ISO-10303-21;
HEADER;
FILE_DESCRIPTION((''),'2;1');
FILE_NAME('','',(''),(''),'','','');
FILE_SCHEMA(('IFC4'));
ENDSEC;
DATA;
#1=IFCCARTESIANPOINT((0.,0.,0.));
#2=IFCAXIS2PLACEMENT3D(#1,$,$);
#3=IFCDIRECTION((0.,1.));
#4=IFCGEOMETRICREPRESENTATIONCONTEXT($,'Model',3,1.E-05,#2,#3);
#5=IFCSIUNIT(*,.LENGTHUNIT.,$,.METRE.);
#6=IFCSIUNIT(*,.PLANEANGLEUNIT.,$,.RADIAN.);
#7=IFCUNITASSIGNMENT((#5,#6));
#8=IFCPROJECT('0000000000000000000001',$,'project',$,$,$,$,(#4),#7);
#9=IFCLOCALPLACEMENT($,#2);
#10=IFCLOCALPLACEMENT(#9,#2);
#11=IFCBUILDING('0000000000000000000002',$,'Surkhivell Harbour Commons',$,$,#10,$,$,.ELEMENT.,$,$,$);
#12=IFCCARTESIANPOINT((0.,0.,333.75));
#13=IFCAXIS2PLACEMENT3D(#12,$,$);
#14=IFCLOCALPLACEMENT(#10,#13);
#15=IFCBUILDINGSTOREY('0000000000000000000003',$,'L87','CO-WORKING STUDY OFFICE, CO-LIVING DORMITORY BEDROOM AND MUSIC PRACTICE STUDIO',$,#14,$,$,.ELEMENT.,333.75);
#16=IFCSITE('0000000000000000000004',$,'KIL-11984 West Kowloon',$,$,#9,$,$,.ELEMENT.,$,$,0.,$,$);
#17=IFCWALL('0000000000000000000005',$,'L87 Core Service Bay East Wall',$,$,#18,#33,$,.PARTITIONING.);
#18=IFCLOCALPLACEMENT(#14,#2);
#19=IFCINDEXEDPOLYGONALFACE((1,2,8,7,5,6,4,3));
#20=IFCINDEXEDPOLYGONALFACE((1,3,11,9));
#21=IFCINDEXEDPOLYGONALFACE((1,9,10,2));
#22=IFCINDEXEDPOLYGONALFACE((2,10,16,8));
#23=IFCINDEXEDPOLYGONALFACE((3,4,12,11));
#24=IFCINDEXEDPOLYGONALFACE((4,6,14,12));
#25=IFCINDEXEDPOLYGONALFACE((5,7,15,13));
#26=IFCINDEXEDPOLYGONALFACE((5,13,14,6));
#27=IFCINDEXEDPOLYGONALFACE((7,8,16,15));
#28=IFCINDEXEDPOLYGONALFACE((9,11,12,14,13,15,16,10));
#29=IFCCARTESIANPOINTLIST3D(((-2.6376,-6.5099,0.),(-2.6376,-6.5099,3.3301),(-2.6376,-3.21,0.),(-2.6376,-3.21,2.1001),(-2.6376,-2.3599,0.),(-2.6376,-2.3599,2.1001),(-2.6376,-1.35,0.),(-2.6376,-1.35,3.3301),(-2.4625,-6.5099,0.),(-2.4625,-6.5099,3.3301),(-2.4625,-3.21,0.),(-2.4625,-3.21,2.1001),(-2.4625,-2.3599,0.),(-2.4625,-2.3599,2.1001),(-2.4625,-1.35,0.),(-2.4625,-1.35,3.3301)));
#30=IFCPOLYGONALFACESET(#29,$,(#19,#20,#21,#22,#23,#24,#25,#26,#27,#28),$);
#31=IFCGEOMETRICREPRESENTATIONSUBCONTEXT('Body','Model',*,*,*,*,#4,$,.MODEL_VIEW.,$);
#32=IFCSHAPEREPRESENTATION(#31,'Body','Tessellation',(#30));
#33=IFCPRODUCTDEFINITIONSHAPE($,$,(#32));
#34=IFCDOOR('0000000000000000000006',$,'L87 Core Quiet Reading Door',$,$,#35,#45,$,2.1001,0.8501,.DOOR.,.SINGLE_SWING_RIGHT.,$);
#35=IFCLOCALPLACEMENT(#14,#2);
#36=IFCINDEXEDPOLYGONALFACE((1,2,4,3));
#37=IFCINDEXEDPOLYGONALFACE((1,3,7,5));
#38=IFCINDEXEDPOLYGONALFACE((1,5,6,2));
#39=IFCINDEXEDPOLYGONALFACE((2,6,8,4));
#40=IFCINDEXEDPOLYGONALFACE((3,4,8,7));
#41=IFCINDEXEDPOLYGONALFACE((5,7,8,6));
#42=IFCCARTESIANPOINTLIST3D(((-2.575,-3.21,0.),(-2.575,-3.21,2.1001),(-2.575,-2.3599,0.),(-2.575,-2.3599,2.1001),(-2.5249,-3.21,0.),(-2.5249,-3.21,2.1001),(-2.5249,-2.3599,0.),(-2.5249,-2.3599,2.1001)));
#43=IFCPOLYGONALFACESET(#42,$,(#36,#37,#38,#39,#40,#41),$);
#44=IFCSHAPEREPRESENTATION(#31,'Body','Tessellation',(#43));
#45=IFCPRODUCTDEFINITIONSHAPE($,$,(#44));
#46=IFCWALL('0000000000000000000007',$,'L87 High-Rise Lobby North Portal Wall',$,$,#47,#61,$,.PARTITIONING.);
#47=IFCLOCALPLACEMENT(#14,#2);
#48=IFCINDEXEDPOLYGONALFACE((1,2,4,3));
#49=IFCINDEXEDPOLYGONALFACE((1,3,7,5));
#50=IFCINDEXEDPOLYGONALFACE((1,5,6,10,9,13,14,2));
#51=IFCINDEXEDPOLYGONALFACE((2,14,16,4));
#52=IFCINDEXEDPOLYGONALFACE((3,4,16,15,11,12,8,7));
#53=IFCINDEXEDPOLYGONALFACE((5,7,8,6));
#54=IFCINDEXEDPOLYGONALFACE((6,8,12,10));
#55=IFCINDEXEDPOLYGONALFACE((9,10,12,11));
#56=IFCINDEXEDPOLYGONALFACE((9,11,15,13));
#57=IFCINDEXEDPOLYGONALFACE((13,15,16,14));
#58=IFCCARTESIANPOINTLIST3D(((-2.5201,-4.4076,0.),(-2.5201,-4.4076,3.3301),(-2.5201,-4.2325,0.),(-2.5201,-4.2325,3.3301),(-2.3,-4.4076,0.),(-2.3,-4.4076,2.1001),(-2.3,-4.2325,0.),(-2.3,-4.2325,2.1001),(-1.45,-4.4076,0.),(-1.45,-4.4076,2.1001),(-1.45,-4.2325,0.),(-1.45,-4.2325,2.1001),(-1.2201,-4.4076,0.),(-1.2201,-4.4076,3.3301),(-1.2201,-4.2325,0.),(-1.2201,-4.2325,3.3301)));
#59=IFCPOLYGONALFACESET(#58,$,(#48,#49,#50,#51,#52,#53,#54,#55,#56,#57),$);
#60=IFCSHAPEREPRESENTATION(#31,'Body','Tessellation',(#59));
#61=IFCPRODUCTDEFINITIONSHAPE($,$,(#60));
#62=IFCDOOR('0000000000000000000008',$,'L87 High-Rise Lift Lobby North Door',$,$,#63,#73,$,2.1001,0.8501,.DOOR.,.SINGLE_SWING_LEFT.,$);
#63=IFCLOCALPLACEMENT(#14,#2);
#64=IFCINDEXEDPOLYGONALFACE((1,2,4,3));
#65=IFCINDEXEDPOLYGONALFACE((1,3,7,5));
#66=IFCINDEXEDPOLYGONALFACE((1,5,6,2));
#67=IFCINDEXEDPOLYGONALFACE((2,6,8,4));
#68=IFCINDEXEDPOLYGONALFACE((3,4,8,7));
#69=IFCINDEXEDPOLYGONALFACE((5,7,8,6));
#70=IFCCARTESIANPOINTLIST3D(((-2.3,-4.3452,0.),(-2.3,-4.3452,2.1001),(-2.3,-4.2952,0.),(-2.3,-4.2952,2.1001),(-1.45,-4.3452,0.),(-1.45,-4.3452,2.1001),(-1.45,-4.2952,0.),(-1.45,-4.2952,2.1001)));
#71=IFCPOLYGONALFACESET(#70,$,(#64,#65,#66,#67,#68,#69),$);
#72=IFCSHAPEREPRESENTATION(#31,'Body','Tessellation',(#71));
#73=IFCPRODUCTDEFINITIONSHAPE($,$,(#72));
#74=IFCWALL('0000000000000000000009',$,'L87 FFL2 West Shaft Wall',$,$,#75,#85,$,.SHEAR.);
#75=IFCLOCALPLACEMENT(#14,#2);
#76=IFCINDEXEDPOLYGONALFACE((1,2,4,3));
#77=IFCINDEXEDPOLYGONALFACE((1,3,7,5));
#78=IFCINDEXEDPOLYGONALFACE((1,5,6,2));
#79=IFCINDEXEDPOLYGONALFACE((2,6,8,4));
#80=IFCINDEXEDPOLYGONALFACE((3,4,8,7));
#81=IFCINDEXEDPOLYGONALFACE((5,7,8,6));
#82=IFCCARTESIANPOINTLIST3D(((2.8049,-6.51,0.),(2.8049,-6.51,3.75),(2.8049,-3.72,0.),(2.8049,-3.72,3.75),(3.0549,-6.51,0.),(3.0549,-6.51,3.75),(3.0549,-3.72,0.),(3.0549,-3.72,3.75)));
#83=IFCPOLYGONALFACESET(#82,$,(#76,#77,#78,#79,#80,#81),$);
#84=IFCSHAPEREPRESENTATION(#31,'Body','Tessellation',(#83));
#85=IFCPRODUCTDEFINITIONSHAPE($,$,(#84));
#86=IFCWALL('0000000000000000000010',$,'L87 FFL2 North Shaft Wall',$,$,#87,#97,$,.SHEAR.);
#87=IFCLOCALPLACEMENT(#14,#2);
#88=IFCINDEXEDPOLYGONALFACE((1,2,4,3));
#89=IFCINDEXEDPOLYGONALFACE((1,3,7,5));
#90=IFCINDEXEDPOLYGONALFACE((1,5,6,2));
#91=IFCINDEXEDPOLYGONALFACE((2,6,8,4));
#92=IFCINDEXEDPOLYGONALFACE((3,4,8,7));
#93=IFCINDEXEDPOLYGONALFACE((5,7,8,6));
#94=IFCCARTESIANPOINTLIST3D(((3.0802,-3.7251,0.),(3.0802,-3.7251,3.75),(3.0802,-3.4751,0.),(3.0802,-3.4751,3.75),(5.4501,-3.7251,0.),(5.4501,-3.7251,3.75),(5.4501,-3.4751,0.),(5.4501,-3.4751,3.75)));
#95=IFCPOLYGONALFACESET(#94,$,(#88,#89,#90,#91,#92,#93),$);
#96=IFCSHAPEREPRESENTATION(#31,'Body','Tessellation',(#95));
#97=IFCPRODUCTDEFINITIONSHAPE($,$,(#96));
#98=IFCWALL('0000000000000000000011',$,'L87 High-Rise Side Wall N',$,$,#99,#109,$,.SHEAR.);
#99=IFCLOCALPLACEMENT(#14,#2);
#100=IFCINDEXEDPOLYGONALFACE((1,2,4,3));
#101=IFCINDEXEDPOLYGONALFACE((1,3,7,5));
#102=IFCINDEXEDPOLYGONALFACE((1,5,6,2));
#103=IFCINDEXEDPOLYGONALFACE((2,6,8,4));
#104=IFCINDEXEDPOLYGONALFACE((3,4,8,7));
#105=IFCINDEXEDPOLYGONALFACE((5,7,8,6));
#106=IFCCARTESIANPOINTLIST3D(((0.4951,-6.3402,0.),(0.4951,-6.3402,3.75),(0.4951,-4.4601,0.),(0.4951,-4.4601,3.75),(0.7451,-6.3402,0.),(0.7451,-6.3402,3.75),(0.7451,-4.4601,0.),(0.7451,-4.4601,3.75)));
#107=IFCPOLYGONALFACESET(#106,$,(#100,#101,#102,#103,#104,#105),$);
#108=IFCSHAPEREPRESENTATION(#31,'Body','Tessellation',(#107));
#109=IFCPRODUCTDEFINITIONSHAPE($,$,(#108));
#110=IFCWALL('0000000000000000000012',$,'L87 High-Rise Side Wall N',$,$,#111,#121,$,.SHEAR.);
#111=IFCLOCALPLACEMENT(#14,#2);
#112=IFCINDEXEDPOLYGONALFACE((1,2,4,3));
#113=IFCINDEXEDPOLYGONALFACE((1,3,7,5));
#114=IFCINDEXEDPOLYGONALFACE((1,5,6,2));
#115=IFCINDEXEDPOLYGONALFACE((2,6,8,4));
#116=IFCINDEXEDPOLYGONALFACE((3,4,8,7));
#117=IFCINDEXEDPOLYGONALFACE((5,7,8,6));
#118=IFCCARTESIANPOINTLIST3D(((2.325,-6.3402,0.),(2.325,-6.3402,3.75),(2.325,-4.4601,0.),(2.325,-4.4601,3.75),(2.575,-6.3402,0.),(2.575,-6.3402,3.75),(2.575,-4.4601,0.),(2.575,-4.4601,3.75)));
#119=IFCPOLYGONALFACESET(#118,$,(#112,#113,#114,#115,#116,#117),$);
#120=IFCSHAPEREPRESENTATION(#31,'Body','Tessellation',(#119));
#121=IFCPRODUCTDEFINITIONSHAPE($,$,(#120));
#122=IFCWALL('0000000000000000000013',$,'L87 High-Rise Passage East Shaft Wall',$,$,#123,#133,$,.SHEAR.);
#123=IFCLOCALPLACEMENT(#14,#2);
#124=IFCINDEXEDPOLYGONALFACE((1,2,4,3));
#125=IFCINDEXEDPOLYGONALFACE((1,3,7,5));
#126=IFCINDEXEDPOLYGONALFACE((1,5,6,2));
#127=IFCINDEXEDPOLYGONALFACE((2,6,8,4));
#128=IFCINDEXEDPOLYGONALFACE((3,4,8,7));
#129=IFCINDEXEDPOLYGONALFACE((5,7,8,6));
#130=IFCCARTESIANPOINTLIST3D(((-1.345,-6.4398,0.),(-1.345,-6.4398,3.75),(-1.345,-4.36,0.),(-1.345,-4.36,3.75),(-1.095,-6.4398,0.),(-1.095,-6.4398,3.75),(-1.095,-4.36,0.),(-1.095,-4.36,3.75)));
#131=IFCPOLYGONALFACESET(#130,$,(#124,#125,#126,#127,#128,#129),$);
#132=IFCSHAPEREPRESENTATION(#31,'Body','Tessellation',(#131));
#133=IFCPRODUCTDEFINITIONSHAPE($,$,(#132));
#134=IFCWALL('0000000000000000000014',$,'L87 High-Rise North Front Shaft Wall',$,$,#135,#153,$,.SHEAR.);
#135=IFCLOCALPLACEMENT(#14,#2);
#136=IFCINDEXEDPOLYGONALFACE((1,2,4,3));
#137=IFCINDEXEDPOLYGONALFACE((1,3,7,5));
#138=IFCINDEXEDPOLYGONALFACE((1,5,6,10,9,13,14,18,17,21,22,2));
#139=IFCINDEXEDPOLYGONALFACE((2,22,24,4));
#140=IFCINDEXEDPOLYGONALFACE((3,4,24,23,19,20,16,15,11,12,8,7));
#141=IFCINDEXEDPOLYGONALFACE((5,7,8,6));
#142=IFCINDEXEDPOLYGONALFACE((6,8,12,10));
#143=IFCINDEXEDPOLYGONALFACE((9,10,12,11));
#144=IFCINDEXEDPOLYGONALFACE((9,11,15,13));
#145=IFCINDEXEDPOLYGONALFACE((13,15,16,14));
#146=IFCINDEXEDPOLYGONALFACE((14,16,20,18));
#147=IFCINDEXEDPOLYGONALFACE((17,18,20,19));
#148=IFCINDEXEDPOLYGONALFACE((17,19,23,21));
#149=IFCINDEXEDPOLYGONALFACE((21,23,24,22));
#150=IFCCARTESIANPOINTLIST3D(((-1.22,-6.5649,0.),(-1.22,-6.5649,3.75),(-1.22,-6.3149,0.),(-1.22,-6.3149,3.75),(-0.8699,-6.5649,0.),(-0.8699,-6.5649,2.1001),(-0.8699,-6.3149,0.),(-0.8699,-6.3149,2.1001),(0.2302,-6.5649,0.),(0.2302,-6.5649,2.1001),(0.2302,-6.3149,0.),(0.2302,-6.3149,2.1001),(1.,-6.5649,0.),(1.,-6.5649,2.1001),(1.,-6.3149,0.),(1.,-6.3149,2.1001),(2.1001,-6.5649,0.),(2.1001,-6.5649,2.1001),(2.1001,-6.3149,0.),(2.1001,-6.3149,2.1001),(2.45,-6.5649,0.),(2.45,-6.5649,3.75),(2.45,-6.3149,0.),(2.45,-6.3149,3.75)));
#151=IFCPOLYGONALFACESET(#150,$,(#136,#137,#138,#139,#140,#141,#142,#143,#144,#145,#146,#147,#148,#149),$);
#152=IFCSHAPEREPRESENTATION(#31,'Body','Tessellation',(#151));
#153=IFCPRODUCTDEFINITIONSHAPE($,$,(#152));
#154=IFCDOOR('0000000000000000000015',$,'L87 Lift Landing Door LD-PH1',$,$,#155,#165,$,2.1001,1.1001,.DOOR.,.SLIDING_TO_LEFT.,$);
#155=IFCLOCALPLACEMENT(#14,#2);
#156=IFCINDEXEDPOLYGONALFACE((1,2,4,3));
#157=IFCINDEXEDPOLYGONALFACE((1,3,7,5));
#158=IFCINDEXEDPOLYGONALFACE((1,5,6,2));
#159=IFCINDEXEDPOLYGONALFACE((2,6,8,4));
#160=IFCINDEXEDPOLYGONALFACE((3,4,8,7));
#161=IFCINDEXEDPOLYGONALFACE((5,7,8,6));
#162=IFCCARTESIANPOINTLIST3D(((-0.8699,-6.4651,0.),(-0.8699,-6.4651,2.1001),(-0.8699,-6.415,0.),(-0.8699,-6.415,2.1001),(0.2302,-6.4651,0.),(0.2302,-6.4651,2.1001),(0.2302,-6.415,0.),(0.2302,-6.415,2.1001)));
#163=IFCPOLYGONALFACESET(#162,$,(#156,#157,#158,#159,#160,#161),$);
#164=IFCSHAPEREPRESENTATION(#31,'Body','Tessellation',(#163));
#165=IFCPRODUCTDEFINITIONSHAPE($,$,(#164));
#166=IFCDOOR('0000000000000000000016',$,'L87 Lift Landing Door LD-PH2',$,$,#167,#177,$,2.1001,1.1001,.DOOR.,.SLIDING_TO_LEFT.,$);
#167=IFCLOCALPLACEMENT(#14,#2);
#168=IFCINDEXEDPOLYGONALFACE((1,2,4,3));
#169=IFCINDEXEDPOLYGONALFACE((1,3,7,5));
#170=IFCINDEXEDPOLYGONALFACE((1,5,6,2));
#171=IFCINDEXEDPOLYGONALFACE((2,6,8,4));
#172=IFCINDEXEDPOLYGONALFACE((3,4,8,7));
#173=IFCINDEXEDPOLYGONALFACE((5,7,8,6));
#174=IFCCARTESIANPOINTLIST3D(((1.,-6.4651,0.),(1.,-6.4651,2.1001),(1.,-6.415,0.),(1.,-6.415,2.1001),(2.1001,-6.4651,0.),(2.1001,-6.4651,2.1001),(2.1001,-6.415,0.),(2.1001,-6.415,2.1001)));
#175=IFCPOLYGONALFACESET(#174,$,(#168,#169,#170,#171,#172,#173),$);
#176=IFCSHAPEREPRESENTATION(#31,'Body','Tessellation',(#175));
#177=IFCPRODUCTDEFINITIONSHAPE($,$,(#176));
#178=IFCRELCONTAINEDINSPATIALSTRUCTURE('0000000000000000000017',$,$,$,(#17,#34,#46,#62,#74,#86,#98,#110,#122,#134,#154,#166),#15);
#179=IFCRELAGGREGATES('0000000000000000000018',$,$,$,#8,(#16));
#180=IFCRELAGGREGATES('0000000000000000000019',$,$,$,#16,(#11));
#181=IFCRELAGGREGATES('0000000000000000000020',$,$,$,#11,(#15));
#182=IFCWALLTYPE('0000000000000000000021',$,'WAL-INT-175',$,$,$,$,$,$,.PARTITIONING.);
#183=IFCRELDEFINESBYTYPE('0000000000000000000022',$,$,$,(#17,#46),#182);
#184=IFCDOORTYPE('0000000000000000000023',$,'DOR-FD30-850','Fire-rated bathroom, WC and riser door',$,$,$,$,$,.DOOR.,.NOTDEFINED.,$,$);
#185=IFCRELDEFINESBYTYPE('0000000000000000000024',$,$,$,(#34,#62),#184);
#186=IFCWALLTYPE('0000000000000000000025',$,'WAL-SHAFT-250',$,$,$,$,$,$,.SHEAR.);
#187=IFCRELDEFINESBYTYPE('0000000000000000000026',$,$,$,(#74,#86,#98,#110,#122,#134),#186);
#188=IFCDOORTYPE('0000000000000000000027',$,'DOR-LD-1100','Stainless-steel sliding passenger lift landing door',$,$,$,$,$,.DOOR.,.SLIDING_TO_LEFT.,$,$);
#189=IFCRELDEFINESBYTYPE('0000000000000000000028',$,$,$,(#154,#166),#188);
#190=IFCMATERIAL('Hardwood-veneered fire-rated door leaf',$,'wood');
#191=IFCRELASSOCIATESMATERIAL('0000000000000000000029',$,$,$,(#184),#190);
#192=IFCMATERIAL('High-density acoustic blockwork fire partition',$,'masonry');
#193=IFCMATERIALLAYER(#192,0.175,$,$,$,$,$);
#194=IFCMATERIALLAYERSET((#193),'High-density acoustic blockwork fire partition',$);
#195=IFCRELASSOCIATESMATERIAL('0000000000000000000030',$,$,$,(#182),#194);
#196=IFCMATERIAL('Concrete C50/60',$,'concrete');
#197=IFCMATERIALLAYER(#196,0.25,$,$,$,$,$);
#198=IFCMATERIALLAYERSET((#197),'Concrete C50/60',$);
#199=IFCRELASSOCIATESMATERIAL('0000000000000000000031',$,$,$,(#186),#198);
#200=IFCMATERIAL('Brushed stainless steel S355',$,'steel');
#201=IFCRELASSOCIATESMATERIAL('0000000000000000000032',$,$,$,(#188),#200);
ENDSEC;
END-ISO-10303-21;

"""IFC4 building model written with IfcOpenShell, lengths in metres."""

from ifc_helpers import new_model, si_unit, direction, frame, frame_2d, origin, place, context, subcontext, project, spatial, rectangle, extrude, material, layer, layer_set, type_object, element, fill, save


model = new_model("IFC4")

# Units and contexts
model_context = context("Model", 3, precision=1e-05, world=origin(), true_north=direction((0.0, 1.0)))
body_context = subcontext(model_context, "Body", "Model", "MODEL_VIEW")
ifc_project = project(units=[si_unit("LENGTHUNIT", "METRE"), si_unit("PLANEANGLEUNIT", "RADIAN")], contexts=[model_context])

# Site, building, storey
site_placement = place(None, origin())
site = spatial("IfcSite", under=ifc_project, at=site_placement, Name="KIL-11984 West Kowloon", CompositionType="ELEMENT", RefElevation=0.0)
building_placement = place(site_placement, origin())
building = spatial("IfcBuilding", under=site, at=building_placement, Name="Surkhivell Harbour Commons", CompositionType="ELEMENT")
storey_placement = place(building_placement, frame((0.0, 0.0, 333.75)))
storey = spatial("IfcBuildingStorey", under=building, at=storey_placement, Name="L87", Description="CO-WORKING STUDY OFFICE, CO-LIVING DORMITORY BEDROOM AND MUSIC PRACTICE STUDIO", CompositionType="ELEMENT", Elevation=333.75)

# Walls, openings, doors
ifc_material_1 = material(Name="Hardwood-veneered fire-rated door leaf", Category="wood")
door_type_1 = type_object("IfcDoorType", Name="DOR-FD30-850", Description="Fire-rated bathroom, WC and riser door", OperationType="NOTDEFINED", PredefinedType="DOOR", material=ifc_material_1)
ifc_material_2 = material(Name="High-density acoustic blockwork fire partition", Category="masonry")
ifc_layer_1 = layer(ifc_material_2, 0.175)
ifc_layer_set_1 = layer_set([ifc_layer_1], Name="High-density acoustic blockwork fire partition")
wall_type_1 = type_object("IfcWallType", Name="WAL-INT-175", PredefinedType="PARTITIONING", material=ifc_layer_set_1)
wall_1_placement = place(storey_placement, frame((-2.55, -6.51, 0.0), z_axis=(0.0, 0.0, 1.0), x_axis=(0.0, 1.0, 0.0)))
wall_1 = element("IfcWall", 1, at=wall_1_placement, inside=storey, type_object=wall_type_1, Name="L87 Core Service Bay East Wall", PredefinedType="PARTITIONING", context=body_context, shape_type="SweptSolid", body=[
    extrude(rectangle(XDim=5.1599, YDim=0.175, at=frame_2d((2.5801, 0.0))), origin(), (0.0, 0.0, 1.0), 3.3301),
])
opening_1_placement = place(wall_1_placement, frame((3.3, 0.0, 0.0)))
opening_1 = element("IfcOpeningElement", 2, at=opening_1_placement, cuts=wall_1, PredefinedType="OPENING", context=body_context, shape_type="SweptSolid", body=[
    extrude(rectangle(XDim=0.8501, YDim=2.1001, at=frame_2d((0.425, 1.05))), frame((0.0, 0.0974, 0.0), z_axis=(0.0, -1.0, 0.0), x_axis=(1.0, 0.0, 0.0)), (0.0, 0.0, 1.0), 0.1951),
])
door_1_placement = place(opening_1_placement, origin())
door_1 = element("IfcDoor", 3, at=door_1_placement, inside=storey, type_object=door_type_1, Name="L87 Core Quiet Reading Door", OperationType="SINGLE_SWING_RIGHT", OverallHeight=2.1001, OverallWidth=0.8501, PredefinedType="DOOR", context=body_context, shape_type="SweptSolid", body=[
    extrude(rectangle(XDim=0.8501, YDim=2.1001, at=frame_2d((0.425, 1.05))), frame((0.0, 0.0249, 0.0), z_axis=(0.0, -1.0, 0.0), x_axis=(1.0, 0.0, 0.0)), (0.0, 0.0, 1.0), 0.05),
])
fill(opening_1, door_1)
wall_2_placement = place(storey_placement, frame((-2.52, -4.3201, 0.0), z_axis=(0.0, 0.0, 1.0), x_axis=(1.0, 0.0, 0.0)))
wall_2 = element("IfcWall", 4, at=wall_2_placement, inside=storey, type_object=wall_type_1, Name="L87 High-Rise Lobby North Portal Wall", PredefinedType="PARTITIONING", context=body_context, shape_type="SweptSolid", body=[
    extrude(rectangle(XDim=1.3, YDim=0.175, at=frame_2d((0.6499, 0.0))), origin(), (0.0, 0.0, 1.0), 3.3301),
])
opening_2_placement = place(wall_2_placement, frame((0.22, 0.0, 0.0)))
opening_2 = element("IfcOpeningElement", 5, at=opening_2_placement, cuts=wall_2, PredefinedType="OPENING", context=body_context, shape_type="SweptSolid", body=[
    extrude(rectangle(XDim=0.8501, YDim=2.1001, at=frame_2d((0.425, 1.05))), frame((0.0, 0.0974, 0.0), z_axis=(0.0, -1.0, 0.0), x_axis=(1.0, 0.0, 0.0)), (0.0, 0.0, 1.0), 0.1951),
])
door_2_placement = place(opening_2_placement, origin())
door_2 = element("IfcDoor", 6, at=door_2_placement, inside=storey, type_object=door_type_1, Name="L87 High-Rise Lift Lobby North Door", OperationType="SINGLE_SWING_LEFT", OverallHeight=2.1001, OverallWidth=0.8501, PredefinedType="DOOR", context=body_context, shape_type="SweptSolid", body=[
    extrude(rectangle(XDim=0.8501, YDim=2.1001, at=frame_2d((0.425, 1.05))), frame((0.0, 0.0249, 0.0), z_axis=(0.0, -1.0, 0.0), x_axis=(1.0, 0.0, 0.0)), (0.0, 0.0, 1.0), 0.05),
])
fill(opening_2, door_2)

# Walls
ifc_material_3 = material(Name="Concrete C50/60", Category="concrete")
ifc_layer_2 = layer(ifc_material_3, 0.25)
ifc_layer_set_2 = layer_set([ifc_layer_2], Name="Concrete C50/60")
wall_type_2 = type_object("IfcWallType", Name="WAL-SHAFT-250", PredefinedType="SHEAR", material=ifc_layer_set_2)
wall_3_placement = place(storey_placement, frame((2.9299, -6.51, 0.0), z_axis=(0.0, 0.0, 1.0), x_axis=(0.0, 1.0, 0.0)))
element("IfcWall", 7, at=wall_3_placement, inside=storey, type_object=wall_type_2, Name="L87 FFL2 West Shaft Wall", PredefinedType="SHEAR", context=body_context, shape_type="SweptSolid", body=[
    extrude(rectangle(XDim=2.79, YDim=0.25, at=frame_2d((1.395, 0.0))), origin(), (0.0, 0.0, 1.0), 3.75),
])
wall_4_placement = place(storey_placement, frame((3.0801, -3.6001, 0.0), z_axis=(0.0, 0.0, 1.0), x_axis=(1.0, 0.0, 0.0)))
element("IfcWall", 8, at=wall_4_placement, inside=storey, type_object=wall_type_2, Name="L87 FFL2 North Shaft Wall", PredefinedType="SHEAR", context=body_context, shape_type="SweptSolid", body=[
    extrude(rectangle(XDim=2.3699, YDim=0.25, at=frame_2d((1.1851, 0.0))), origin(), (0.0, 0.0, 1.0), 3.75),
])
for number, where, z_axis, x_axis, name in (
    (9, (0.6201, -6.3401, 0.0), (0.0, 0.0, 1.0), (0.0, 1.0, 0.0), "L87 High-Rise Side Wall N"),
    (10, (2.45, -6.3401, 0.0), (0.0, 0.0, 1.0), (0.0, 1.0, 0.0), "L87 High-Rise Side Wall N"),
):
    element("IfcWall", number, at=place(storey_placement, frame(where, z_axis=z_axis, x_axis=x_axis)), inside=storey, type_object=wall_type_2, Name=name, PredefinedType="SHEAR", context=body_context, shape_type="SweptSolid", body=[
        extrude(rectangle(XDim=1.8801, YDim=0.25, at=frame_2d((0.9399, 0.0))), origin(), (0.0, 0.0, 1.0), 3.75),
    ])
wall_5_placement = place(storey_placement, frame((-1.22, -6.4399, 0.0), z_axis=(0.0, 0.0, 1.0), x_axis=(0.0, 1.0, 0.0)))
element("IfcWall", 11, at=wall_5_placement, inside=storey, type_object=wall_type_2, Name="L87 High-Rise Passage East Shaft Wall", PredefinedType="SHEAR", context=body_context, shape_type="SweptSolid", body=[
    extrude(rectangle(XDim=2.0798, YDim=0.25, at=frame_2d((1.04, 0.0))), origin(), (0.0, 0.0, 1.0), 3.75),
])

# Wall, openings, doors
wall_6_placement = place(storey_placement, frame((-1.22, -6.4399, 0.0), z_axis=(0.0, 0.0, 1.0), x_axis=(1.0, 0.0, 0.0)))
wall_6 = element("IfcWall", 12, at=wall_6_placement, inside=storey, type_object=wall_type_2, Name="L87 High-Rise North Front Shaft Wall", PredefinedType="SHEAR", context=body_context, shape_type="SweptSolid", body=[
    extrude(rectangle(XDim=3.6699, YDim=0.25, at=frame_2d((1.835, 0.0))), origin(), (0.0, 0.0, 1.0), 3.75),
])
opening_3_placement = place(wall_6_placement, frame((0.3501, 0.0, 0.0)))
opening_3 = element("IfcOpeningElement", 13, at=opening_3_placement, cuts=wall_6, PredefinedType="OPENING", context=body_context, shape_type="SweptSolid", body=[
    extrude(rectangle(XDim=1.1001, YDim=2.1001, at=frame_2d((0.55, 1.05))), frame((0.0, 0.135, 0.0), z_axis=(0.0, -1.0, 0.0), x_axis=(1.0, 0.0, 0.0)), (0.0, 0.0, 1.0), 0.27),
])
opening_4_placement = place(wall_6_placement, frame((2.22, 0.0, 0.0)))
opening_4 = element("IfcOpeningElement", 14, at=opening_4_placement, cuts=wall_6, PredefinedType="OPENING", context=body_context, shape_type="SweptSolid", body=[
    extrude(rectangle(XDim=1.1001, YDim=2.1001, at=frame_2d((0.55, 1.05))), frame((0.0, 0.135, 0.0), z_axis=(0.0, -1.0, 0.0), x_axis=(1.0, 0.0, 0.0)), (0.0, 0.0, 1.0), 0.27),
])
ifc_material_4 = material(Name="Brushed stainless steel S355", Category="steel")
door_type_2 = type_object("IfcDoorType", Name="DOR-LD-1100", Description="Stainless-steel sliding passenger lift landing door", OperationType="SLIDING_TO_LEFT", PredefinedType="DOOR", material=ifc_material_4)
door_3_placement = place(opening_3_placement, origin())
door_3 = element("IfcDoor", 15, at=door_3_placement, inside=storey, type_object=door_type_2, Name="L87 Lift Landing Door LD-PH1", OperationType="SLIDING_TO_LEFT", OverallHeight=2.1001, OverallWidth=1.1001, PredefinedType="DOOR", context=body_context, shape_type="SweptSolid", body=[
    extrude(rectangle(XDim=1.1001, YDim=2.1001, at=frame_2d((0.55, 1.05))), frame((0.0, 0.0249, 0.0), z_axis=(0.0, -1.0, 0.0), x_axis=(1.0, 0.0, 0.0)), (0.0, 0.0, 1.0), 0.05),
])
fill(opening_3, door_3)
door_4_placement = place(opening_4_placement, origin())
door_4 = element("IfcDoor", 16, at=door_4_placement, inside=storey, type_object=door_type_2, Name="L87 Lift Landing Door LD-PH2", OperationType="SLIDING_TO_LEFT", OverallHeight=2.1001, OverallWidth=1.1001, PredefinedType="DOOR", context=body_context, shape_type="SweptSolid", body=[
    extrude(rectangle(XDim=1.1001, YDim=2.1001, at=frame_2d((0.55, 1.05))), frame((0.0, 0.0249, 0.0), z_axis=(0.0, -1.0, 0.0), x_axis=(1.0, 0.0, 0.0)), (0.0, 0.0, 1.0), 0.05),
])
fill(opening_4, door_4)

save(model, "model.ifc")
